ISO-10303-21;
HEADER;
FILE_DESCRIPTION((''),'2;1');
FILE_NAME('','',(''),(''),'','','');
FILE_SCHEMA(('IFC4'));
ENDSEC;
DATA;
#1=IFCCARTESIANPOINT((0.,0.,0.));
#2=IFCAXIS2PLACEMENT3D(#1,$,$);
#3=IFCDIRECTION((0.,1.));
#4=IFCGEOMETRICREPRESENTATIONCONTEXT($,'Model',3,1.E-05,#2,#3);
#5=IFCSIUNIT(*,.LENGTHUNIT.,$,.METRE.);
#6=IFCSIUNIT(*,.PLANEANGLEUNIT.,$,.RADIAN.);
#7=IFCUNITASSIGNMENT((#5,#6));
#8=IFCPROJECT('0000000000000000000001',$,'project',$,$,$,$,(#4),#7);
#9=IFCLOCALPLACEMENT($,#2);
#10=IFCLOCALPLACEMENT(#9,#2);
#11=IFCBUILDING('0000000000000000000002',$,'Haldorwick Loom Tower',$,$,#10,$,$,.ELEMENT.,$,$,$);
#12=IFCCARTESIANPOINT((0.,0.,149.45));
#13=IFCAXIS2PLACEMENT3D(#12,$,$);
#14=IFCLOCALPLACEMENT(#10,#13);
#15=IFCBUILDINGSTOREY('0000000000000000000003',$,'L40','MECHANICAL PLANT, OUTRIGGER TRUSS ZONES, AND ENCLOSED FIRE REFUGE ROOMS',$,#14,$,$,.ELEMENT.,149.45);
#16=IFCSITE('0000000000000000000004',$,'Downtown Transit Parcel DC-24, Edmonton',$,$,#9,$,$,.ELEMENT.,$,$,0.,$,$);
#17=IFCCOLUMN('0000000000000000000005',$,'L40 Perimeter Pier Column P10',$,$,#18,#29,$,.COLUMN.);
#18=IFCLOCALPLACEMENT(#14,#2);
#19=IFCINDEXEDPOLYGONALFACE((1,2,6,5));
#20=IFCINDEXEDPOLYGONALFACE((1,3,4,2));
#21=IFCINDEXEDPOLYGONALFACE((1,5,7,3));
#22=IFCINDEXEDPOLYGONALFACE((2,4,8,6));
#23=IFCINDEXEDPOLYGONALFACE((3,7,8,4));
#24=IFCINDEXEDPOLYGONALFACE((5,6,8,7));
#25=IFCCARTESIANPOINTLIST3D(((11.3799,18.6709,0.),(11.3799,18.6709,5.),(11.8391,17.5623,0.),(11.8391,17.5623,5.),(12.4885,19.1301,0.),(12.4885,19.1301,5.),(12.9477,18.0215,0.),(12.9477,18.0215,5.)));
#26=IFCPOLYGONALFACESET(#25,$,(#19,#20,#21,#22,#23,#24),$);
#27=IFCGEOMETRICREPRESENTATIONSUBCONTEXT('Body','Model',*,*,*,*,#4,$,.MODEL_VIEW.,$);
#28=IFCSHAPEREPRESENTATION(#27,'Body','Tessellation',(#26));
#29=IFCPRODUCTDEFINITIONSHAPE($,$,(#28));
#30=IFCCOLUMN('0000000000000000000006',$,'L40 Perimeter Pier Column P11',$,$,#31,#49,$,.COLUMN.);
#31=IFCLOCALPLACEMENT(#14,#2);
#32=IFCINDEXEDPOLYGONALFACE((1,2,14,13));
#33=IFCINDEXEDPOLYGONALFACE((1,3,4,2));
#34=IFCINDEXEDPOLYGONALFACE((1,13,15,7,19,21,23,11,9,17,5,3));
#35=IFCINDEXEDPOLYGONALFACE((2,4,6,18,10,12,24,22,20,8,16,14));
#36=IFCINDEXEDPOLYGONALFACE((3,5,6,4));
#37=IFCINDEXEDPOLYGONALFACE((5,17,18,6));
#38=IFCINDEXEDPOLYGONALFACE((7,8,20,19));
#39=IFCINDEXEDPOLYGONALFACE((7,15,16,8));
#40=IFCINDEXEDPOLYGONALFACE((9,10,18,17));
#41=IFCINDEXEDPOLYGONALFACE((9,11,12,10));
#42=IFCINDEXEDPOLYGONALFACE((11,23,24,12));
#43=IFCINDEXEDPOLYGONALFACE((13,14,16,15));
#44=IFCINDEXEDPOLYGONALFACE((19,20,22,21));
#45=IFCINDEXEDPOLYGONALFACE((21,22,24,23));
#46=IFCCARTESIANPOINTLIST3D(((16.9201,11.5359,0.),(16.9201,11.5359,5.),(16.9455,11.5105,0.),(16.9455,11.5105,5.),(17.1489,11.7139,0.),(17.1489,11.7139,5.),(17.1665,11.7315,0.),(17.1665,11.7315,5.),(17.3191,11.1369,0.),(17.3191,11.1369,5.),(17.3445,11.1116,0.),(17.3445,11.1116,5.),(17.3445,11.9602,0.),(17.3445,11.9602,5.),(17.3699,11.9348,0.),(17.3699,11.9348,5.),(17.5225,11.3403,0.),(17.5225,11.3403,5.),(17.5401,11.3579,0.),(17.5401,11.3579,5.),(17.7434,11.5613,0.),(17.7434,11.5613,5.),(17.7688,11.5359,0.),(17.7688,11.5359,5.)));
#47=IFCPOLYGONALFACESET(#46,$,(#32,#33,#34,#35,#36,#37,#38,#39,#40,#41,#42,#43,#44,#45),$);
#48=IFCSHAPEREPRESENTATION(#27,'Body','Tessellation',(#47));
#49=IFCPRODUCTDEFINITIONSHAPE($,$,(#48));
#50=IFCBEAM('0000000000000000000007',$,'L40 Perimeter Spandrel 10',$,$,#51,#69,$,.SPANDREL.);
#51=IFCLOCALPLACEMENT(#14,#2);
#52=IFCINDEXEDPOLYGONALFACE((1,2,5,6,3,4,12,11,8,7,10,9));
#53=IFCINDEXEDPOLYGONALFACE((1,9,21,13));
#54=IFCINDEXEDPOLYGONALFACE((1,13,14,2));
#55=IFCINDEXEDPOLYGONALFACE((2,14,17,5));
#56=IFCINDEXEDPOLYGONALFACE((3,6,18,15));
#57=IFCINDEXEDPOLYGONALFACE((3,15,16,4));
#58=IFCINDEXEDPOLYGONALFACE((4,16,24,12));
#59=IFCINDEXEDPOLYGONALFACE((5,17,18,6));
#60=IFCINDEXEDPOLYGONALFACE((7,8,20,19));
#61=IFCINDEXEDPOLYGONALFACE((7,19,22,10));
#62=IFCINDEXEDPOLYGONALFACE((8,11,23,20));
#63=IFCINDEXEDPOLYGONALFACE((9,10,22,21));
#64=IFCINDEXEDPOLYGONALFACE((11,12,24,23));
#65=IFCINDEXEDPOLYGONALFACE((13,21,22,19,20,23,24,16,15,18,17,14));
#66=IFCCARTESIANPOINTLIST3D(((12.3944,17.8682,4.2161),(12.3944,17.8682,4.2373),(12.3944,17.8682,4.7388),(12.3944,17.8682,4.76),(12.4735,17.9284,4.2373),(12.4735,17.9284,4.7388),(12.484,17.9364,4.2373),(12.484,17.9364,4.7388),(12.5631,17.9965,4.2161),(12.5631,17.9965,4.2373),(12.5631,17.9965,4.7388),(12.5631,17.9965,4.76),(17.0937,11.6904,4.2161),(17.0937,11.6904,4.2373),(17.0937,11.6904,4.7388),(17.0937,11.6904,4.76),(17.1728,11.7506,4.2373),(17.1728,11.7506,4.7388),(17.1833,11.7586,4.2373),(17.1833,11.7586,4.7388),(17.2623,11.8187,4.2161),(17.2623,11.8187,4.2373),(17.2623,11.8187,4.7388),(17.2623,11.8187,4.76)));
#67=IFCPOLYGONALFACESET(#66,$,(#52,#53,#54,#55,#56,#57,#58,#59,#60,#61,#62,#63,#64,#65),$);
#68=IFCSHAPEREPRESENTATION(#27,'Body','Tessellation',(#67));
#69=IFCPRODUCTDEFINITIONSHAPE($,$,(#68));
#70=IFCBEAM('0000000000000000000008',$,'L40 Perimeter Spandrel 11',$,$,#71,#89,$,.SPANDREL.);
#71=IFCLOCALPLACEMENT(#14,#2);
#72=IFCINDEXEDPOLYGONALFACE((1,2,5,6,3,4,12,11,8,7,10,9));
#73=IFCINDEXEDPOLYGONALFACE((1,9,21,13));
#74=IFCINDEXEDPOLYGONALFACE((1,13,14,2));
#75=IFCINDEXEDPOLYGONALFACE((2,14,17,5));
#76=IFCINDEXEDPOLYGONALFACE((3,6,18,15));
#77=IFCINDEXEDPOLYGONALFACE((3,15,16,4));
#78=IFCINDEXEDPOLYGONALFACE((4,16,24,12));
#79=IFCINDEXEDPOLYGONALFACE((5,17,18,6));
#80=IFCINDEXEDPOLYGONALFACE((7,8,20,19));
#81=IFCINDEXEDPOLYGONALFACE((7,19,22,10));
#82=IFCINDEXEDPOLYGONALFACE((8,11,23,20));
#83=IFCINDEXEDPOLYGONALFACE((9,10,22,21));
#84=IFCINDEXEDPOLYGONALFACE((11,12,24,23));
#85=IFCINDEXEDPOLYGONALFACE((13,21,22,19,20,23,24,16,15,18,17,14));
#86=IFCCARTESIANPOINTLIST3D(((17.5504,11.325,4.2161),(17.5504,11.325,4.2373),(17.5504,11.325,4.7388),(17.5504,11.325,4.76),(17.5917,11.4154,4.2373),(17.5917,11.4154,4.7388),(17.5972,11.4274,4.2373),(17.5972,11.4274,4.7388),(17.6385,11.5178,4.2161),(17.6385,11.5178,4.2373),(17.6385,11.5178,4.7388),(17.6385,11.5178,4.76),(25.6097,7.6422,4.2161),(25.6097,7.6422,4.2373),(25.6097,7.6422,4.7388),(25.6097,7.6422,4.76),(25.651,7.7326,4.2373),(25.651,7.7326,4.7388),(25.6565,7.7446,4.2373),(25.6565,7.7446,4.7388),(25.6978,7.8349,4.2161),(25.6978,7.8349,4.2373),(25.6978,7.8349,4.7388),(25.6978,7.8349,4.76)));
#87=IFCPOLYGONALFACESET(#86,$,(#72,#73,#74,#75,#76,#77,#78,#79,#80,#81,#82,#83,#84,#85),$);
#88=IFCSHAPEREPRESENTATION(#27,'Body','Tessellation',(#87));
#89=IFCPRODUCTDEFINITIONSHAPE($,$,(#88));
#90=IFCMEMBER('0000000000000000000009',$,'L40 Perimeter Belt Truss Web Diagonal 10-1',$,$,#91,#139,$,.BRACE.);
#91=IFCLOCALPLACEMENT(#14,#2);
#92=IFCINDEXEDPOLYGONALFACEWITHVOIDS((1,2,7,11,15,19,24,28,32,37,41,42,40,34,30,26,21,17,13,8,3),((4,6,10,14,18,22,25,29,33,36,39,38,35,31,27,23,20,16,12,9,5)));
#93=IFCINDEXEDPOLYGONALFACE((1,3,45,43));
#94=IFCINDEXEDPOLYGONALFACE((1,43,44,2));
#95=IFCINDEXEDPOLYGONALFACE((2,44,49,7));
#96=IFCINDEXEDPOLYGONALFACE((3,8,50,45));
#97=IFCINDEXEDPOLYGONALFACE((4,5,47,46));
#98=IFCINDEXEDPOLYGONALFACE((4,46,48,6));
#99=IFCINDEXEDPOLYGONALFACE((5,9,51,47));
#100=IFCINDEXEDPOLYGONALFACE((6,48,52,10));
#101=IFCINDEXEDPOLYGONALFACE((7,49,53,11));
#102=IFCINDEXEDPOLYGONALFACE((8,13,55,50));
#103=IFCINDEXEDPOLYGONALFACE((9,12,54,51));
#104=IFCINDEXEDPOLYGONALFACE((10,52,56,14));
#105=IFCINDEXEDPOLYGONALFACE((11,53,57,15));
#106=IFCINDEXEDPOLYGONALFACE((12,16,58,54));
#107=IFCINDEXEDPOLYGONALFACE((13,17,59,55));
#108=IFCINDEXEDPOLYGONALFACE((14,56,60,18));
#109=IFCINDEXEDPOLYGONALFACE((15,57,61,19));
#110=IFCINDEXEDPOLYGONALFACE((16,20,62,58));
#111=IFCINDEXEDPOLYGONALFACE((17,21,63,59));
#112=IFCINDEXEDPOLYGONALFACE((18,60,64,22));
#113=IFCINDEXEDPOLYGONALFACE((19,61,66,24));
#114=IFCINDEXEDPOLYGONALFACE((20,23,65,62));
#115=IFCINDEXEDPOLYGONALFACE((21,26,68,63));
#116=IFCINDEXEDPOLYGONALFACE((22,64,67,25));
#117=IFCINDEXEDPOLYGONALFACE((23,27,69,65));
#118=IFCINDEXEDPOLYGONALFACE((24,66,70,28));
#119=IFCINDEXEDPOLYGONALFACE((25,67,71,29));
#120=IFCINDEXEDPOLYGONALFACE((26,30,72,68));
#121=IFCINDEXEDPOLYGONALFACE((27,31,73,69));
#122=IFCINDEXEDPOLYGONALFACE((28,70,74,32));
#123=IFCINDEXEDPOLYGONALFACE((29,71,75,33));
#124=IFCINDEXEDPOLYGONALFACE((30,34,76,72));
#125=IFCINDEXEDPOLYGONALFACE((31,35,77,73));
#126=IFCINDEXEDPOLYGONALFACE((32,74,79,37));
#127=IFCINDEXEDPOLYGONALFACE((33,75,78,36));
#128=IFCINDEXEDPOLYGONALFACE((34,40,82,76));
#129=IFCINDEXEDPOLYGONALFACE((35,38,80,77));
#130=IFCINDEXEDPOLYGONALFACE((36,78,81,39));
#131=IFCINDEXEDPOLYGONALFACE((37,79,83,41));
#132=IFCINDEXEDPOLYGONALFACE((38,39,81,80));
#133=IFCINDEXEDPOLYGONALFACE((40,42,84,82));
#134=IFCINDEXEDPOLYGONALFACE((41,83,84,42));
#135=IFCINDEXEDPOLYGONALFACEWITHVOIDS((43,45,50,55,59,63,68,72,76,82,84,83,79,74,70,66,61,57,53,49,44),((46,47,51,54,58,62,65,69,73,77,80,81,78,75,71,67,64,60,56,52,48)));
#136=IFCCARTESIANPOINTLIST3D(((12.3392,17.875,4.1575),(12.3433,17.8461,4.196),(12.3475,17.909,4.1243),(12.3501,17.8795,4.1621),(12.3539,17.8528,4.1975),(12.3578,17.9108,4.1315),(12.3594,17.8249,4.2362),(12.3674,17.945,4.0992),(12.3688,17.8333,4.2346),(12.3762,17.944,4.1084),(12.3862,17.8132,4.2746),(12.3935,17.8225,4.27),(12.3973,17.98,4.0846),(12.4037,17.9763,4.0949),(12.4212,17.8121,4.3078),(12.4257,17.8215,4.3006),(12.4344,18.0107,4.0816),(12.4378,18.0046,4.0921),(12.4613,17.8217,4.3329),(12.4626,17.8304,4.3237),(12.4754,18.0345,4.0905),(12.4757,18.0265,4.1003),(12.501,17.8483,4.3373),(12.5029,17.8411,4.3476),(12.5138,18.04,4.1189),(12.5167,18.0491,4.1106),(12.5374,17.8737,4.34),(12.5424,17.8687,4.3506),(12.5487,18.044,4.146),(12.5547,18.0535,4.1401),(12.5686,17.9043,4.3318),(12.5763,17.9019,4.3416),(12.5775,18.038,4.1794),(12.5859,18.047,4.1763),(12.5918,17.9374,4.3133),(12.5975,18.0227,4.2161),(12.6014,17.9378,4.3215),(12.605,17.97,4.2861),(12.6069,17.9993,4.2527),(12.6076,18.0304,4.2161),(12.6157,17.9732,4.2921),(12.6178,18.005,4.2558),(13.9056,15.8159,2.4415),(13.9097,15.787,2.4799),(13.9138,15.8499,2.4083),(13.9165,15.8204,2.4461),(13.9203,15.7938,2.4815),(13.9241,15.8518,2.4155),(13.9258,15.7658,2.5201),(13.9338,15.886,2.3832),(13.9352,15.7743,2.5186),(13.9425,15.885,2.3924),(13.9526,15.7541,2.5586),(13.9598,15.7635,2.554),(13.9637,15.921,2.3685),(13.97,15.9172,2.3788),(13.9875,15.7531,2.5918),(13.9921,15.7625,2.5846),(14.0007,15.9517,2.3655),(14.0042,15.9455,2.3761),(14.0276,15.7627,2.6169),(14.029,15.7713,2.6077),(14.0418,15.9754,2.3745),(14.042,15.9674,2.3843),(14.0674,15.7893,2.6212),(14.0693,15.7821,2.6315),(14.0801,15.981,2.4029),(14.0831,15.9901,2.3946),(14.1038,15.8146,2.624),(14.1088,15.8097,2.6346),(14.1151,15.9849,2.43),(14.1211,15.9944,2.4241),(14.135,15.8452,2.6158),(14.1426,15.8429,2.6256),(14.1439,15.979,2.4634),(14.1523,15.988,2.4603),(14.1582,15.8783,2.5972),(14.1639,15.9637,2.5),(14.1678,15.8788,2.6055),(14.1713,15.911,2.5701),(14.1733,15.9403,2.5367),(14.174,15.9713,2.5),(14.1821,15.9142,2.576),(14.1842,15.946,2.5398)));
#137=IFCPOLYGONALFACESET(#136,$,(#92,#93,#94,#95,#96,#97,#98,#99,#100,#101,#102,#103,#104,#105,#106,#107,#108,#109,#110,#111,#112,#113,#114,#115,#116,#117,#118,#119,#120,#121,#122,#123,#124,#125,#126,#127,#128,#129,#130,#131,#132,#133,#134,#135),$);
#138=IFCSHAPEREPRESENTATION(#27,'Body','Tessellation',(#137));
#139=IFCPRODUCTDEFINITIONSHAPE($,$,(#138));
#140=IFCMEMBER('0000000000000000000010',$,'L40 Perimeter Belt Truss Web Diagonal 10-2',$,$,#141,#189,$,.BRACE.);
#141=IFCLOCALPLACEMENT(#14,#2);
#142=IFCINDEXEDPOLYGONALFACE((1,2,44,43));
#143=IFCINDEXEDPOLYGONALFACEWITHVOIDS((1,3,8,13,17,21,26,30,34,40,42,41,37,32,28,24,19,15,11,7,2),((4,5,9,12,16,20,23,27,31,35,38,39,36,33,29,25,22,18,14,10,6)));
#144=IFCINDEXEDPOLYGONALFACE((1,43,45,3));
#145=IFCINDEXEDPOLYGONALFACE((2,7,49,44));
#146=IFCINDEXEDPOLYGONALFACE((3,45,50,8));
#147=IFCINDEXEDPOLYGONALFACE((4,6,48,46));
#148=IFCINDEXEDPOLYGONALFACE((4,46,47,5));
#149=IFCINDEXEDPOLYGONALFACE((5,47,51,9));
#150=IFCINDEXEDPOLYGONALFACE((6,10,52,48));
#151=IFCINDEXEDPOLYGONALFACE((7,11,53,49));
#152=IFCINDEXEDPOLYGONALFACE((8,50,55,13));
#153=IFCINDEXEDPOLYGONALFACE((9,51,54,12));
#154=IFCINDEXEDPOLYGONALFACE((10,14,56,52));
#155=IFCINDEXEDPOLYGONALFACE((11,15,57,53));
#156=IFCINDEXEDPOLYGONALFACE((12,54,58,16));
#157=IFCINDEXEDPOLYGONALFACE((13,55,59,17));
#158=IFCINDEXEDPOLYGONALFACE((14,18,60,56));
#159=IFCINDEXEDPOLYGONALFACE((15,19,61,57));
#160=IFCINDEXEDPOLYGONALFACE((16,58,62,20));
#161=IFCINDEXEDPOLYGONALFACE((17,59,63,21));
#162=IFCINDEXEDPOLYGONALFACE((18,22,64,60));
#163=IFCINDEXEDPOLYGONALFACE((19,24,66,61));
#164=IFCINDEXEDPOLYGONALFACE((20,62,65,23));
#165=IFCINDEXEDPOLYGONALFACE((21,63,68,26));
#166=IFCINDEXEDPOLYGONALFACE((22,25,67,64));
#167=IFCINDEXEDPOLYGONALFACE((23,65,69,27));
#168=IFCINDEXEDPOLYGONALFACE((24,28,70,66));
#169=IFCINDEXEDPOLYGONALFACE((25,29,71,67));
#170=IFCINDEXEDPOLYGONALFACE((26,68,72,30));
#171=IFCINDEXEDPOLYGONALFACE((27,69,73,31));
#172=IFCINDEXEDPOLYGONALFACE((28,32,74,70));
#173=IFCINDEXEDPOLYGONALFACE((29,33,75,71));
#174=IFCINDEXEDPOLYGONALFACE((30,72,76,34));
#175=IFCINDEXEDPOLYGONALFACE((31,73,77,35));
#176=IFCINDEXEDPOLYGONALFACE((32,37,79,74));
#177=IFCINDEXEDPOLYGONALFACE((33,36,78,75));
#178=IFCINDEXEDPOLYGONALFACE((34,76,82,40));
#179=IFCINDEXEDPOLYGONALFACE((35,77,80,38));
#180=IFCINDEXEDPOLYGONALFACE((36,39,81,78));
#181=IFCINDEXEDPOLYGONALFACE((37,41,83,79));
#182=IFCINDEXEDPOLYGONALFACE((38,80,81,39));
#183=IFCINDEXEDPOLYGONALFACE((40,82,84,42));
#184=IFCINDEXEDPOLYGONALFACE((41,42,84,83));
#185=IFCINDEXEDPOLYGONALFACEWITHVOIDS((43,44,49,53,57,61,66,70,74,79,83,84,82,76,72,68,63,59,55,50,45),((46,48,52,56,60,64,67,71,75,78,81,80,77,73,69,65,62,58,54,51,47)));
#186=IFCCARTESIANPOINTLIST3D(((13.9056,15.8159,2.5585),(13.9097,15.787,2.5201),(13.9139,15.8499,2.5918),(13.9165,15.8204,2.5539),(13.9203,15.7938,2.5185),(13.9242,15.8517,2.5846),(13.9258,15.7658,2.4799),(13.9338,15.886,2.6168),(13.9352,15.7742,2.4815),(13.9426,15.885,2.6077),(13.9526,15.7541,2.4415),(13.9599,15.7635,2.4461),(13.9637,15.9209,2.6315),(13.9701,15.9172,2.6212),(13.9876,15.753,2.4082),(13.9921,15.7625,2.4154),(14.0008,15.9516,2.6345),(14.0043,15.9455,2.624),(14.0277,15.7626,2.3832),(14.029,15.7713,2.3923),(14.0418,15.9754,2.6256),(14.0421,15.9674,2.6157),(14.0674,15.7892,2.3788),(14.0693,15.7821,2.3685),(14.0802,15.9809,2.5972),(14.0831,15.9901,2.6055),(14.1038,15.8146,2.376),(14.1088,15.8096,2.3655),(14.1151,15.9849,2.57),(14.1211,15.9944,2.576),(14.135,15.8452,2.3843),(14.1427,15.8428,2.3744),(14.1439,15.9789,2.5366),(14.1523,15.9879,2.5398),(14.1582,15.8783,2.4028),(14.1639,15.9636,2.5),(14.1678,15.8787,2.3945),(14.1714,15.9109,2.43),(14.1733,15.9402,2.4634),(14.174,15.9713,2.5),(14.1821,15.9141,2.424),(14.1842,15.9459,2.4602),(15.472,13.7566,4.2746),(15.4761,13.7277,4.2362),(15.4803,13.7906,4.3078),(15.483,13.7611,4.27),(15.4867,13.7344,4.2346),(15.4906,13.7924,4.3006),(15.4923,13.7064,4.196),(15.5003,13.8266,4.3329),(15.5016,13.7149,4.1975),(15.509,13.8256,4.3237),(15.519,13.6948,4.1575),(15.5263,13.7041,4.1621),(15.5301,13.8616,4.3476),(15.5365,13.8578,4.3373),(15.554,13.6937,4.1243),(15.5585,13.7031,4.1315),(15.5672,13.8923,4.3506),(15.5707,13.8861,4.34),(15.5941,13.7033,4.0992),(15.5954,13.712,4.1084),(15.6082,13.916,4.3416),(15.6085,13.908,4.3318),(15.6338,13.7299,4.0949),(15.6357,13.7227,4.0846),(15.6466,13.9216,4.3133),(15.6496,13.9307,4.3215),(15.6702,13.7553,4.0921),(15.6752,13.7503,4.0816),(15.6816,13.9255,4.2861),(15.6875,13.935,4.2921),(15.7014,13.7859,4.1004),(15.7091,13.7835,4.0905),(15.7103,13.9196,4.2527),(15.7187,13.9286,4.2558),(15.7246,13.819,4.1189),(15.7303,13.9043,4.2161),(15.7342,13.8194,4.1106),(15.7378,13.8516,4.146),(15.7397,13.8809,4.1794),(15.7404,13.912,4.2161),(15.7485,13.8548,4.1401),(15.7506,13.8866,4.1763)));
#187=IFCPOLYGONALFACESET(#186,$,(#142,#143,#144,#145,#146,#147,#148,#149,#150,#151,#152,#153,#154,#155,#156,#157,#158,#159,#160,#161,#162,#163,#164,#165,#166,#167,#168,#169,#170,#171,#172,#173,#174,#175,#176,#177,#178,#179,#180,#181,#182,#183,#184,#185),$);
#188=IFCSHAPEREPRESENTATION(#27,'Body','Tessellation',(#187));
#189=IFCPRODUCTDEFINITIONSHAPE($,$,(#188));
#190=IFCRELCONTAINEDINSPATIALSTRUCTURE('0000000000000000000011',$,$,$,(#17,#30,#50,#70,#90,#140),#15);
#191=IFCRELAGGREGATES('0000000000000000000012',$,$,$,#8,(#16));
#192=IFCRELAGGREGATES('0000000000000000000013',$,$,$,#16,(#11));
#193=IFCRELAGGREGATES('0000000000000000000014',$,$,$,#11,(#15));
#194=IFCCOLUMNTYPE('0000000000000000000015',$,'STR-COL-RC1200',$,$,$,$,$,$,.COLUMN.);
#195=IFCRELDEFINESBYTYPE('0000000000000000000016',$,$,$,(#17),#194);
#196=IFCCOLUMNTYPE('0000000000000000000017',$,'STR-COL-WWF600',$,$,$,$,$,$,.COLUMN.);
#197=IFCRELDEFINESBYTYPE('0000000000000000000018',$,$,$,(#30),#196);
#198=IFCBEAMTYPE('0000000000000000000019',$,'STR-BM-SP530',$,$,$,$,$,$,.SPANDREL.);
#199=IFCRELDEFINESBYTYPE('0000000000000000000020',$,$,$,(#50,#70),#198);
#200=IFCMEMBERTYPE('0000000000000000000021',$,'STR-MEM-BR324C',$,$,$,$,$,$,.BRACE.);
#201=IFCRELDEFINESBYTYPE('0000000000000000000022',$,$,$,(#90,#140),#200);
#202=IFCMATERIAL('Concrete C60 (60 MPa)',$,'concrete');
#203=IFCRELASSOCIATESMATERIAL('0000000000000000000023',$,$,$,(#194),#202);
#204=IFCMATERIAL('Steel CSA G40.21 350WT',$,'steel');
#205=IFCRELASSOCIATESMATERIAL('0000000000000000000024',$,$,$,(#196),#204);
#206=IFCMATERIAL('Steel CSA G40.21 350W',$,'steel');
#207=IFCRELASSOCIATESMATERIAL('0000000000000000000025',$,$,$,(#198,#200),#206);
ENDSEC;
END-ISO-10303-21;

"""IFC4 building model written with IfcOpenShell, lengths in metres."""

from ifc_helpers import new_model, si_unit, direction, frame, origin, origin_2d, place, context, subcontext, project, spatial, rectangle, hollow_circle, i_section, extrude, material, material_profile, profile_set, type_object, element, save


model = new_model("IFC4")

# Units and contexts
model_context = context("Model", 3, precision=1e-05, world=origin(), true_north=direction((0.0, 1.0)))
body_context = subcontext(model_context, "Body", "Model", "MODEL_VIEW")
ifc_project = project(units=[si_unit("LENGTHUNIT", "METRE"), si_unit("PLANEANGLEUNIT", "RADIAN")], contexts=[model_context])

# Site, building, storey
site_placement = place(None, origin())
site = spatial("IfcSite", under=ifc_project, at=site_placement, Name="Downtown Transit Parcel DC-24, Edmonton", CompositionType="ELEMENT", RefElevation=0.0)
building_placement = place(site_placement, origin())
building = spatial("IfcBuilding", under=site, at=building_placement, Name="Haldorwick Loom Tower", CompositionType="ELEMENT")
storey_placement = place(building_placement, frame((0.0, 0.0, 149.45)))
storey = spatial("IfcBuildingStorey", under=building, at=storey_placement, Name="L40", Description="MECHANICAL PLANT, OUTRIGGER TRUSS ZONES, AND ENCLOSED FIRE REFUGE ROOMS", CompositionType="ELEMENT", Elevation=149.45)

# Columns
ifc_material_1 = material(Name="Concrete C60 (60 MPa)", Category="concrete")
ifc_material_profile_1 = material_profile(ifc_material_1, rectangle(XDim=1.2, YDim=1.2, at=origin_2d()), Name="RC1200X1200", Category="concrete")
ifc_profile_set_1 = profile_set([ifc_material_profile_1], Name="Concrete C60 (60 MPa)")
column_type_1 = type_object("IfcColumnType", Name="STR-COL-RC1200", PredefinedType="COLUMN", material=ifc_profile_set_1)
column_1_placement = place(storey_placement, frame((12.1638, 18.3462, 0.0), z_axis=(0.0, 0.0, 1.0), x_axis=(-0.92388, -0.382683, 0.0)))
element("IfcColumn", 1, at=column_1_placement, inside=storey, type_object=column_type_1, Name="L40 Perimeter Pier Column P10", PredefinedType="COLUMN", context=body_context, shape_type="SweptSolid", body=[
    extrude(rectangle(XDim=1.2, YDim=1.2, at=origin_2d()), origin(), (0.0, 0.0, 1.0), 5.0),
])
ifc_material_2 = material(Name="Steel CSA G40.21 350WT", Category="steel")
ifc_material_profile_2 = material_profile(ifc_material_2, i_section(OverallWidth=0.6001, OverallDepth=0.6001, WebThickness=0.0249, FlangeThickness=0.0359, at=origin_2d()), Name="WWF600X600", Category="steel")
ifc_profile_set_2 = profile_set([ifc_material_profile_2], Name="Steel CSA G40.21 350WT")
column_type_2 = type_object("IfcColumnType", Name="STR-COL-WWF600", PredefinedType="COLUMN", material=ifc_profile_set_2)
column_2_placement = place(storey_placement, frame((17.3445, 11.5359, 0.0), z_axis=(0.0, 0.0, 1.0), x_axis=(-0.707107, -0.707107, 0.0)))
element("IfcColumn", 2, at=column_2_placement, inside=storey, type_object=column_type_2, Name="L40 Perimeter Pier Column P11", PredefinedType="COLUMN", context=body_context, shape_type="SweptSolid", body=[
    extrude(i_section(OverallWidth=0.6001, OverallDepth=0.6001, WebThickness=0.0249, FlangeThickness=0.0359, at=origin_2d()), origin(), (0.0, 0.0, 1.0), 5.0),
])

# Beams
ifc_material_3 = material(Name="Steel CSA G40.21 350W", Category="steel")
ifc_material_profile_3 = material_profile(ifc_material_3, i_section(OverallWidth=0.2119, OverallDepth=0.5439, WebThickness=0.0132, FlangeThickness=0.0212, at=origin_2d()), Name="W530X123", Category="steel")
ifc_profile_set_3 = profile_set([ifc_material_profile_3], Name="Steel CSA G40.21 350W")
beam_type = type_object("IfcBeamType", Name="STR-BM-SP530", PredefinedType="SPANDREL", material=ifc_profile_set_3)
beam_1_placement = place(storey_placement, frame((12.4788, 17.9324, 4.488), z_axis=(0.605421, -0.795905, 0.0), x_axis=(0.795905, 0.605421, 0.0)))
element("IfcBeam", 3, at=beam_1_placement, inside=storey, type_object=beam_type, Name="L40 Perimeter Spandrel 10", PredefinedType="SPANDREL", context=body_context, shape_type="SweptSolid", body=[
    extrude(i_section(OverallWidth=0.2119, OverallDepth=0.5439, WebThickness=0.0132, FlangeThickness=0.0212, at=origin_2d()), origin(), (0.0, 0.0, 1.0), 7.762),
])
beam_2_placement = place(storey_placement, frame((17.5945, 11.4214, 4.488), z_axis=(0.909534, -0.415629, 0.0), x_axis=(0.415629, 0.909534, 0.0)))
element("IfcBeam", 4, at=beam_2_placement, inside=storey, type_object=beam_type, Name="L40 Perimeter Spandrel 11", PredefinedType="SPANDREL", context=body_context, shape_type="SweptSolid", body=[
    extrude(i_section(OverallWidth=0.2119, OverallDepth=0.5439, WebThickness=0.0132, FlangeThickness=0.0212, at=origin_2d()), origin(), (0.0, 0.0, 1.0), 8.8608),
])

# Members
ifc_material_profile_4 = material_profile(ifc_material_3, hollow_circle(Radius=0.1619, WallThickness=0.0127, at=origin_2d()), Name="HSS324X13", Category="steel")
ifc_profile_set_4 = profile_set([ifc_material_profile_4], Name="Steel CSA G40.21 350W")
member_type_1 = type_object("IfcMemberType", Name="STR-MEM-BR324C", PredefinedType="BRACE", material=ifc_profile_set_4)
member_1_placement = place(storey_placement, frame((12.4788, 17.9324, 4.2161), z_axis=(0.504549, -0.663243, -0.552755), x_axis=(0.795882, 0.605452, 0.0)))
element("IfcMember", 5, at=member_1_placement, inside=storey, type_object=member_type_1, Name="L40 Perimeter Belt Truss Web Diagonal 10-1", PredefinedType="BRACE", context=body_context, shape_type="SweptSolid", body=[
    extrude(hollow_circle(Radius=0.1619, WallThickness=0.0127, at=origin_2d()), origin(), (0.0, 0.0, 1.0), 3.1045),
])
for number, where, z_axis, x_axis, name in (
    (6, (14.0452, 15.8733, 2.5), (0.504523, -0.663287, 0.552726), (0.795917, 0.605406, 0.0), "L40 Perimeter Belt Truss Web Diagonal 10-2"),
):
    element("IfcMember", number, at=place(storey_placement, frame(where, z_axis=z_axis, x_axis=x_axis)), inside=storey, type_object=member_type_1, Name=name, PredefinedType="BRACE", context=body_context, shape_type="SweptSolid", body=[
        extrude(hollow_circle(Radius=0.1619, WallThickness=0.0127, at=origin_2d()), origin(), (0.0, 0.0, 1.0), 3.1047),
    ])

save(model, "model.ifc")
